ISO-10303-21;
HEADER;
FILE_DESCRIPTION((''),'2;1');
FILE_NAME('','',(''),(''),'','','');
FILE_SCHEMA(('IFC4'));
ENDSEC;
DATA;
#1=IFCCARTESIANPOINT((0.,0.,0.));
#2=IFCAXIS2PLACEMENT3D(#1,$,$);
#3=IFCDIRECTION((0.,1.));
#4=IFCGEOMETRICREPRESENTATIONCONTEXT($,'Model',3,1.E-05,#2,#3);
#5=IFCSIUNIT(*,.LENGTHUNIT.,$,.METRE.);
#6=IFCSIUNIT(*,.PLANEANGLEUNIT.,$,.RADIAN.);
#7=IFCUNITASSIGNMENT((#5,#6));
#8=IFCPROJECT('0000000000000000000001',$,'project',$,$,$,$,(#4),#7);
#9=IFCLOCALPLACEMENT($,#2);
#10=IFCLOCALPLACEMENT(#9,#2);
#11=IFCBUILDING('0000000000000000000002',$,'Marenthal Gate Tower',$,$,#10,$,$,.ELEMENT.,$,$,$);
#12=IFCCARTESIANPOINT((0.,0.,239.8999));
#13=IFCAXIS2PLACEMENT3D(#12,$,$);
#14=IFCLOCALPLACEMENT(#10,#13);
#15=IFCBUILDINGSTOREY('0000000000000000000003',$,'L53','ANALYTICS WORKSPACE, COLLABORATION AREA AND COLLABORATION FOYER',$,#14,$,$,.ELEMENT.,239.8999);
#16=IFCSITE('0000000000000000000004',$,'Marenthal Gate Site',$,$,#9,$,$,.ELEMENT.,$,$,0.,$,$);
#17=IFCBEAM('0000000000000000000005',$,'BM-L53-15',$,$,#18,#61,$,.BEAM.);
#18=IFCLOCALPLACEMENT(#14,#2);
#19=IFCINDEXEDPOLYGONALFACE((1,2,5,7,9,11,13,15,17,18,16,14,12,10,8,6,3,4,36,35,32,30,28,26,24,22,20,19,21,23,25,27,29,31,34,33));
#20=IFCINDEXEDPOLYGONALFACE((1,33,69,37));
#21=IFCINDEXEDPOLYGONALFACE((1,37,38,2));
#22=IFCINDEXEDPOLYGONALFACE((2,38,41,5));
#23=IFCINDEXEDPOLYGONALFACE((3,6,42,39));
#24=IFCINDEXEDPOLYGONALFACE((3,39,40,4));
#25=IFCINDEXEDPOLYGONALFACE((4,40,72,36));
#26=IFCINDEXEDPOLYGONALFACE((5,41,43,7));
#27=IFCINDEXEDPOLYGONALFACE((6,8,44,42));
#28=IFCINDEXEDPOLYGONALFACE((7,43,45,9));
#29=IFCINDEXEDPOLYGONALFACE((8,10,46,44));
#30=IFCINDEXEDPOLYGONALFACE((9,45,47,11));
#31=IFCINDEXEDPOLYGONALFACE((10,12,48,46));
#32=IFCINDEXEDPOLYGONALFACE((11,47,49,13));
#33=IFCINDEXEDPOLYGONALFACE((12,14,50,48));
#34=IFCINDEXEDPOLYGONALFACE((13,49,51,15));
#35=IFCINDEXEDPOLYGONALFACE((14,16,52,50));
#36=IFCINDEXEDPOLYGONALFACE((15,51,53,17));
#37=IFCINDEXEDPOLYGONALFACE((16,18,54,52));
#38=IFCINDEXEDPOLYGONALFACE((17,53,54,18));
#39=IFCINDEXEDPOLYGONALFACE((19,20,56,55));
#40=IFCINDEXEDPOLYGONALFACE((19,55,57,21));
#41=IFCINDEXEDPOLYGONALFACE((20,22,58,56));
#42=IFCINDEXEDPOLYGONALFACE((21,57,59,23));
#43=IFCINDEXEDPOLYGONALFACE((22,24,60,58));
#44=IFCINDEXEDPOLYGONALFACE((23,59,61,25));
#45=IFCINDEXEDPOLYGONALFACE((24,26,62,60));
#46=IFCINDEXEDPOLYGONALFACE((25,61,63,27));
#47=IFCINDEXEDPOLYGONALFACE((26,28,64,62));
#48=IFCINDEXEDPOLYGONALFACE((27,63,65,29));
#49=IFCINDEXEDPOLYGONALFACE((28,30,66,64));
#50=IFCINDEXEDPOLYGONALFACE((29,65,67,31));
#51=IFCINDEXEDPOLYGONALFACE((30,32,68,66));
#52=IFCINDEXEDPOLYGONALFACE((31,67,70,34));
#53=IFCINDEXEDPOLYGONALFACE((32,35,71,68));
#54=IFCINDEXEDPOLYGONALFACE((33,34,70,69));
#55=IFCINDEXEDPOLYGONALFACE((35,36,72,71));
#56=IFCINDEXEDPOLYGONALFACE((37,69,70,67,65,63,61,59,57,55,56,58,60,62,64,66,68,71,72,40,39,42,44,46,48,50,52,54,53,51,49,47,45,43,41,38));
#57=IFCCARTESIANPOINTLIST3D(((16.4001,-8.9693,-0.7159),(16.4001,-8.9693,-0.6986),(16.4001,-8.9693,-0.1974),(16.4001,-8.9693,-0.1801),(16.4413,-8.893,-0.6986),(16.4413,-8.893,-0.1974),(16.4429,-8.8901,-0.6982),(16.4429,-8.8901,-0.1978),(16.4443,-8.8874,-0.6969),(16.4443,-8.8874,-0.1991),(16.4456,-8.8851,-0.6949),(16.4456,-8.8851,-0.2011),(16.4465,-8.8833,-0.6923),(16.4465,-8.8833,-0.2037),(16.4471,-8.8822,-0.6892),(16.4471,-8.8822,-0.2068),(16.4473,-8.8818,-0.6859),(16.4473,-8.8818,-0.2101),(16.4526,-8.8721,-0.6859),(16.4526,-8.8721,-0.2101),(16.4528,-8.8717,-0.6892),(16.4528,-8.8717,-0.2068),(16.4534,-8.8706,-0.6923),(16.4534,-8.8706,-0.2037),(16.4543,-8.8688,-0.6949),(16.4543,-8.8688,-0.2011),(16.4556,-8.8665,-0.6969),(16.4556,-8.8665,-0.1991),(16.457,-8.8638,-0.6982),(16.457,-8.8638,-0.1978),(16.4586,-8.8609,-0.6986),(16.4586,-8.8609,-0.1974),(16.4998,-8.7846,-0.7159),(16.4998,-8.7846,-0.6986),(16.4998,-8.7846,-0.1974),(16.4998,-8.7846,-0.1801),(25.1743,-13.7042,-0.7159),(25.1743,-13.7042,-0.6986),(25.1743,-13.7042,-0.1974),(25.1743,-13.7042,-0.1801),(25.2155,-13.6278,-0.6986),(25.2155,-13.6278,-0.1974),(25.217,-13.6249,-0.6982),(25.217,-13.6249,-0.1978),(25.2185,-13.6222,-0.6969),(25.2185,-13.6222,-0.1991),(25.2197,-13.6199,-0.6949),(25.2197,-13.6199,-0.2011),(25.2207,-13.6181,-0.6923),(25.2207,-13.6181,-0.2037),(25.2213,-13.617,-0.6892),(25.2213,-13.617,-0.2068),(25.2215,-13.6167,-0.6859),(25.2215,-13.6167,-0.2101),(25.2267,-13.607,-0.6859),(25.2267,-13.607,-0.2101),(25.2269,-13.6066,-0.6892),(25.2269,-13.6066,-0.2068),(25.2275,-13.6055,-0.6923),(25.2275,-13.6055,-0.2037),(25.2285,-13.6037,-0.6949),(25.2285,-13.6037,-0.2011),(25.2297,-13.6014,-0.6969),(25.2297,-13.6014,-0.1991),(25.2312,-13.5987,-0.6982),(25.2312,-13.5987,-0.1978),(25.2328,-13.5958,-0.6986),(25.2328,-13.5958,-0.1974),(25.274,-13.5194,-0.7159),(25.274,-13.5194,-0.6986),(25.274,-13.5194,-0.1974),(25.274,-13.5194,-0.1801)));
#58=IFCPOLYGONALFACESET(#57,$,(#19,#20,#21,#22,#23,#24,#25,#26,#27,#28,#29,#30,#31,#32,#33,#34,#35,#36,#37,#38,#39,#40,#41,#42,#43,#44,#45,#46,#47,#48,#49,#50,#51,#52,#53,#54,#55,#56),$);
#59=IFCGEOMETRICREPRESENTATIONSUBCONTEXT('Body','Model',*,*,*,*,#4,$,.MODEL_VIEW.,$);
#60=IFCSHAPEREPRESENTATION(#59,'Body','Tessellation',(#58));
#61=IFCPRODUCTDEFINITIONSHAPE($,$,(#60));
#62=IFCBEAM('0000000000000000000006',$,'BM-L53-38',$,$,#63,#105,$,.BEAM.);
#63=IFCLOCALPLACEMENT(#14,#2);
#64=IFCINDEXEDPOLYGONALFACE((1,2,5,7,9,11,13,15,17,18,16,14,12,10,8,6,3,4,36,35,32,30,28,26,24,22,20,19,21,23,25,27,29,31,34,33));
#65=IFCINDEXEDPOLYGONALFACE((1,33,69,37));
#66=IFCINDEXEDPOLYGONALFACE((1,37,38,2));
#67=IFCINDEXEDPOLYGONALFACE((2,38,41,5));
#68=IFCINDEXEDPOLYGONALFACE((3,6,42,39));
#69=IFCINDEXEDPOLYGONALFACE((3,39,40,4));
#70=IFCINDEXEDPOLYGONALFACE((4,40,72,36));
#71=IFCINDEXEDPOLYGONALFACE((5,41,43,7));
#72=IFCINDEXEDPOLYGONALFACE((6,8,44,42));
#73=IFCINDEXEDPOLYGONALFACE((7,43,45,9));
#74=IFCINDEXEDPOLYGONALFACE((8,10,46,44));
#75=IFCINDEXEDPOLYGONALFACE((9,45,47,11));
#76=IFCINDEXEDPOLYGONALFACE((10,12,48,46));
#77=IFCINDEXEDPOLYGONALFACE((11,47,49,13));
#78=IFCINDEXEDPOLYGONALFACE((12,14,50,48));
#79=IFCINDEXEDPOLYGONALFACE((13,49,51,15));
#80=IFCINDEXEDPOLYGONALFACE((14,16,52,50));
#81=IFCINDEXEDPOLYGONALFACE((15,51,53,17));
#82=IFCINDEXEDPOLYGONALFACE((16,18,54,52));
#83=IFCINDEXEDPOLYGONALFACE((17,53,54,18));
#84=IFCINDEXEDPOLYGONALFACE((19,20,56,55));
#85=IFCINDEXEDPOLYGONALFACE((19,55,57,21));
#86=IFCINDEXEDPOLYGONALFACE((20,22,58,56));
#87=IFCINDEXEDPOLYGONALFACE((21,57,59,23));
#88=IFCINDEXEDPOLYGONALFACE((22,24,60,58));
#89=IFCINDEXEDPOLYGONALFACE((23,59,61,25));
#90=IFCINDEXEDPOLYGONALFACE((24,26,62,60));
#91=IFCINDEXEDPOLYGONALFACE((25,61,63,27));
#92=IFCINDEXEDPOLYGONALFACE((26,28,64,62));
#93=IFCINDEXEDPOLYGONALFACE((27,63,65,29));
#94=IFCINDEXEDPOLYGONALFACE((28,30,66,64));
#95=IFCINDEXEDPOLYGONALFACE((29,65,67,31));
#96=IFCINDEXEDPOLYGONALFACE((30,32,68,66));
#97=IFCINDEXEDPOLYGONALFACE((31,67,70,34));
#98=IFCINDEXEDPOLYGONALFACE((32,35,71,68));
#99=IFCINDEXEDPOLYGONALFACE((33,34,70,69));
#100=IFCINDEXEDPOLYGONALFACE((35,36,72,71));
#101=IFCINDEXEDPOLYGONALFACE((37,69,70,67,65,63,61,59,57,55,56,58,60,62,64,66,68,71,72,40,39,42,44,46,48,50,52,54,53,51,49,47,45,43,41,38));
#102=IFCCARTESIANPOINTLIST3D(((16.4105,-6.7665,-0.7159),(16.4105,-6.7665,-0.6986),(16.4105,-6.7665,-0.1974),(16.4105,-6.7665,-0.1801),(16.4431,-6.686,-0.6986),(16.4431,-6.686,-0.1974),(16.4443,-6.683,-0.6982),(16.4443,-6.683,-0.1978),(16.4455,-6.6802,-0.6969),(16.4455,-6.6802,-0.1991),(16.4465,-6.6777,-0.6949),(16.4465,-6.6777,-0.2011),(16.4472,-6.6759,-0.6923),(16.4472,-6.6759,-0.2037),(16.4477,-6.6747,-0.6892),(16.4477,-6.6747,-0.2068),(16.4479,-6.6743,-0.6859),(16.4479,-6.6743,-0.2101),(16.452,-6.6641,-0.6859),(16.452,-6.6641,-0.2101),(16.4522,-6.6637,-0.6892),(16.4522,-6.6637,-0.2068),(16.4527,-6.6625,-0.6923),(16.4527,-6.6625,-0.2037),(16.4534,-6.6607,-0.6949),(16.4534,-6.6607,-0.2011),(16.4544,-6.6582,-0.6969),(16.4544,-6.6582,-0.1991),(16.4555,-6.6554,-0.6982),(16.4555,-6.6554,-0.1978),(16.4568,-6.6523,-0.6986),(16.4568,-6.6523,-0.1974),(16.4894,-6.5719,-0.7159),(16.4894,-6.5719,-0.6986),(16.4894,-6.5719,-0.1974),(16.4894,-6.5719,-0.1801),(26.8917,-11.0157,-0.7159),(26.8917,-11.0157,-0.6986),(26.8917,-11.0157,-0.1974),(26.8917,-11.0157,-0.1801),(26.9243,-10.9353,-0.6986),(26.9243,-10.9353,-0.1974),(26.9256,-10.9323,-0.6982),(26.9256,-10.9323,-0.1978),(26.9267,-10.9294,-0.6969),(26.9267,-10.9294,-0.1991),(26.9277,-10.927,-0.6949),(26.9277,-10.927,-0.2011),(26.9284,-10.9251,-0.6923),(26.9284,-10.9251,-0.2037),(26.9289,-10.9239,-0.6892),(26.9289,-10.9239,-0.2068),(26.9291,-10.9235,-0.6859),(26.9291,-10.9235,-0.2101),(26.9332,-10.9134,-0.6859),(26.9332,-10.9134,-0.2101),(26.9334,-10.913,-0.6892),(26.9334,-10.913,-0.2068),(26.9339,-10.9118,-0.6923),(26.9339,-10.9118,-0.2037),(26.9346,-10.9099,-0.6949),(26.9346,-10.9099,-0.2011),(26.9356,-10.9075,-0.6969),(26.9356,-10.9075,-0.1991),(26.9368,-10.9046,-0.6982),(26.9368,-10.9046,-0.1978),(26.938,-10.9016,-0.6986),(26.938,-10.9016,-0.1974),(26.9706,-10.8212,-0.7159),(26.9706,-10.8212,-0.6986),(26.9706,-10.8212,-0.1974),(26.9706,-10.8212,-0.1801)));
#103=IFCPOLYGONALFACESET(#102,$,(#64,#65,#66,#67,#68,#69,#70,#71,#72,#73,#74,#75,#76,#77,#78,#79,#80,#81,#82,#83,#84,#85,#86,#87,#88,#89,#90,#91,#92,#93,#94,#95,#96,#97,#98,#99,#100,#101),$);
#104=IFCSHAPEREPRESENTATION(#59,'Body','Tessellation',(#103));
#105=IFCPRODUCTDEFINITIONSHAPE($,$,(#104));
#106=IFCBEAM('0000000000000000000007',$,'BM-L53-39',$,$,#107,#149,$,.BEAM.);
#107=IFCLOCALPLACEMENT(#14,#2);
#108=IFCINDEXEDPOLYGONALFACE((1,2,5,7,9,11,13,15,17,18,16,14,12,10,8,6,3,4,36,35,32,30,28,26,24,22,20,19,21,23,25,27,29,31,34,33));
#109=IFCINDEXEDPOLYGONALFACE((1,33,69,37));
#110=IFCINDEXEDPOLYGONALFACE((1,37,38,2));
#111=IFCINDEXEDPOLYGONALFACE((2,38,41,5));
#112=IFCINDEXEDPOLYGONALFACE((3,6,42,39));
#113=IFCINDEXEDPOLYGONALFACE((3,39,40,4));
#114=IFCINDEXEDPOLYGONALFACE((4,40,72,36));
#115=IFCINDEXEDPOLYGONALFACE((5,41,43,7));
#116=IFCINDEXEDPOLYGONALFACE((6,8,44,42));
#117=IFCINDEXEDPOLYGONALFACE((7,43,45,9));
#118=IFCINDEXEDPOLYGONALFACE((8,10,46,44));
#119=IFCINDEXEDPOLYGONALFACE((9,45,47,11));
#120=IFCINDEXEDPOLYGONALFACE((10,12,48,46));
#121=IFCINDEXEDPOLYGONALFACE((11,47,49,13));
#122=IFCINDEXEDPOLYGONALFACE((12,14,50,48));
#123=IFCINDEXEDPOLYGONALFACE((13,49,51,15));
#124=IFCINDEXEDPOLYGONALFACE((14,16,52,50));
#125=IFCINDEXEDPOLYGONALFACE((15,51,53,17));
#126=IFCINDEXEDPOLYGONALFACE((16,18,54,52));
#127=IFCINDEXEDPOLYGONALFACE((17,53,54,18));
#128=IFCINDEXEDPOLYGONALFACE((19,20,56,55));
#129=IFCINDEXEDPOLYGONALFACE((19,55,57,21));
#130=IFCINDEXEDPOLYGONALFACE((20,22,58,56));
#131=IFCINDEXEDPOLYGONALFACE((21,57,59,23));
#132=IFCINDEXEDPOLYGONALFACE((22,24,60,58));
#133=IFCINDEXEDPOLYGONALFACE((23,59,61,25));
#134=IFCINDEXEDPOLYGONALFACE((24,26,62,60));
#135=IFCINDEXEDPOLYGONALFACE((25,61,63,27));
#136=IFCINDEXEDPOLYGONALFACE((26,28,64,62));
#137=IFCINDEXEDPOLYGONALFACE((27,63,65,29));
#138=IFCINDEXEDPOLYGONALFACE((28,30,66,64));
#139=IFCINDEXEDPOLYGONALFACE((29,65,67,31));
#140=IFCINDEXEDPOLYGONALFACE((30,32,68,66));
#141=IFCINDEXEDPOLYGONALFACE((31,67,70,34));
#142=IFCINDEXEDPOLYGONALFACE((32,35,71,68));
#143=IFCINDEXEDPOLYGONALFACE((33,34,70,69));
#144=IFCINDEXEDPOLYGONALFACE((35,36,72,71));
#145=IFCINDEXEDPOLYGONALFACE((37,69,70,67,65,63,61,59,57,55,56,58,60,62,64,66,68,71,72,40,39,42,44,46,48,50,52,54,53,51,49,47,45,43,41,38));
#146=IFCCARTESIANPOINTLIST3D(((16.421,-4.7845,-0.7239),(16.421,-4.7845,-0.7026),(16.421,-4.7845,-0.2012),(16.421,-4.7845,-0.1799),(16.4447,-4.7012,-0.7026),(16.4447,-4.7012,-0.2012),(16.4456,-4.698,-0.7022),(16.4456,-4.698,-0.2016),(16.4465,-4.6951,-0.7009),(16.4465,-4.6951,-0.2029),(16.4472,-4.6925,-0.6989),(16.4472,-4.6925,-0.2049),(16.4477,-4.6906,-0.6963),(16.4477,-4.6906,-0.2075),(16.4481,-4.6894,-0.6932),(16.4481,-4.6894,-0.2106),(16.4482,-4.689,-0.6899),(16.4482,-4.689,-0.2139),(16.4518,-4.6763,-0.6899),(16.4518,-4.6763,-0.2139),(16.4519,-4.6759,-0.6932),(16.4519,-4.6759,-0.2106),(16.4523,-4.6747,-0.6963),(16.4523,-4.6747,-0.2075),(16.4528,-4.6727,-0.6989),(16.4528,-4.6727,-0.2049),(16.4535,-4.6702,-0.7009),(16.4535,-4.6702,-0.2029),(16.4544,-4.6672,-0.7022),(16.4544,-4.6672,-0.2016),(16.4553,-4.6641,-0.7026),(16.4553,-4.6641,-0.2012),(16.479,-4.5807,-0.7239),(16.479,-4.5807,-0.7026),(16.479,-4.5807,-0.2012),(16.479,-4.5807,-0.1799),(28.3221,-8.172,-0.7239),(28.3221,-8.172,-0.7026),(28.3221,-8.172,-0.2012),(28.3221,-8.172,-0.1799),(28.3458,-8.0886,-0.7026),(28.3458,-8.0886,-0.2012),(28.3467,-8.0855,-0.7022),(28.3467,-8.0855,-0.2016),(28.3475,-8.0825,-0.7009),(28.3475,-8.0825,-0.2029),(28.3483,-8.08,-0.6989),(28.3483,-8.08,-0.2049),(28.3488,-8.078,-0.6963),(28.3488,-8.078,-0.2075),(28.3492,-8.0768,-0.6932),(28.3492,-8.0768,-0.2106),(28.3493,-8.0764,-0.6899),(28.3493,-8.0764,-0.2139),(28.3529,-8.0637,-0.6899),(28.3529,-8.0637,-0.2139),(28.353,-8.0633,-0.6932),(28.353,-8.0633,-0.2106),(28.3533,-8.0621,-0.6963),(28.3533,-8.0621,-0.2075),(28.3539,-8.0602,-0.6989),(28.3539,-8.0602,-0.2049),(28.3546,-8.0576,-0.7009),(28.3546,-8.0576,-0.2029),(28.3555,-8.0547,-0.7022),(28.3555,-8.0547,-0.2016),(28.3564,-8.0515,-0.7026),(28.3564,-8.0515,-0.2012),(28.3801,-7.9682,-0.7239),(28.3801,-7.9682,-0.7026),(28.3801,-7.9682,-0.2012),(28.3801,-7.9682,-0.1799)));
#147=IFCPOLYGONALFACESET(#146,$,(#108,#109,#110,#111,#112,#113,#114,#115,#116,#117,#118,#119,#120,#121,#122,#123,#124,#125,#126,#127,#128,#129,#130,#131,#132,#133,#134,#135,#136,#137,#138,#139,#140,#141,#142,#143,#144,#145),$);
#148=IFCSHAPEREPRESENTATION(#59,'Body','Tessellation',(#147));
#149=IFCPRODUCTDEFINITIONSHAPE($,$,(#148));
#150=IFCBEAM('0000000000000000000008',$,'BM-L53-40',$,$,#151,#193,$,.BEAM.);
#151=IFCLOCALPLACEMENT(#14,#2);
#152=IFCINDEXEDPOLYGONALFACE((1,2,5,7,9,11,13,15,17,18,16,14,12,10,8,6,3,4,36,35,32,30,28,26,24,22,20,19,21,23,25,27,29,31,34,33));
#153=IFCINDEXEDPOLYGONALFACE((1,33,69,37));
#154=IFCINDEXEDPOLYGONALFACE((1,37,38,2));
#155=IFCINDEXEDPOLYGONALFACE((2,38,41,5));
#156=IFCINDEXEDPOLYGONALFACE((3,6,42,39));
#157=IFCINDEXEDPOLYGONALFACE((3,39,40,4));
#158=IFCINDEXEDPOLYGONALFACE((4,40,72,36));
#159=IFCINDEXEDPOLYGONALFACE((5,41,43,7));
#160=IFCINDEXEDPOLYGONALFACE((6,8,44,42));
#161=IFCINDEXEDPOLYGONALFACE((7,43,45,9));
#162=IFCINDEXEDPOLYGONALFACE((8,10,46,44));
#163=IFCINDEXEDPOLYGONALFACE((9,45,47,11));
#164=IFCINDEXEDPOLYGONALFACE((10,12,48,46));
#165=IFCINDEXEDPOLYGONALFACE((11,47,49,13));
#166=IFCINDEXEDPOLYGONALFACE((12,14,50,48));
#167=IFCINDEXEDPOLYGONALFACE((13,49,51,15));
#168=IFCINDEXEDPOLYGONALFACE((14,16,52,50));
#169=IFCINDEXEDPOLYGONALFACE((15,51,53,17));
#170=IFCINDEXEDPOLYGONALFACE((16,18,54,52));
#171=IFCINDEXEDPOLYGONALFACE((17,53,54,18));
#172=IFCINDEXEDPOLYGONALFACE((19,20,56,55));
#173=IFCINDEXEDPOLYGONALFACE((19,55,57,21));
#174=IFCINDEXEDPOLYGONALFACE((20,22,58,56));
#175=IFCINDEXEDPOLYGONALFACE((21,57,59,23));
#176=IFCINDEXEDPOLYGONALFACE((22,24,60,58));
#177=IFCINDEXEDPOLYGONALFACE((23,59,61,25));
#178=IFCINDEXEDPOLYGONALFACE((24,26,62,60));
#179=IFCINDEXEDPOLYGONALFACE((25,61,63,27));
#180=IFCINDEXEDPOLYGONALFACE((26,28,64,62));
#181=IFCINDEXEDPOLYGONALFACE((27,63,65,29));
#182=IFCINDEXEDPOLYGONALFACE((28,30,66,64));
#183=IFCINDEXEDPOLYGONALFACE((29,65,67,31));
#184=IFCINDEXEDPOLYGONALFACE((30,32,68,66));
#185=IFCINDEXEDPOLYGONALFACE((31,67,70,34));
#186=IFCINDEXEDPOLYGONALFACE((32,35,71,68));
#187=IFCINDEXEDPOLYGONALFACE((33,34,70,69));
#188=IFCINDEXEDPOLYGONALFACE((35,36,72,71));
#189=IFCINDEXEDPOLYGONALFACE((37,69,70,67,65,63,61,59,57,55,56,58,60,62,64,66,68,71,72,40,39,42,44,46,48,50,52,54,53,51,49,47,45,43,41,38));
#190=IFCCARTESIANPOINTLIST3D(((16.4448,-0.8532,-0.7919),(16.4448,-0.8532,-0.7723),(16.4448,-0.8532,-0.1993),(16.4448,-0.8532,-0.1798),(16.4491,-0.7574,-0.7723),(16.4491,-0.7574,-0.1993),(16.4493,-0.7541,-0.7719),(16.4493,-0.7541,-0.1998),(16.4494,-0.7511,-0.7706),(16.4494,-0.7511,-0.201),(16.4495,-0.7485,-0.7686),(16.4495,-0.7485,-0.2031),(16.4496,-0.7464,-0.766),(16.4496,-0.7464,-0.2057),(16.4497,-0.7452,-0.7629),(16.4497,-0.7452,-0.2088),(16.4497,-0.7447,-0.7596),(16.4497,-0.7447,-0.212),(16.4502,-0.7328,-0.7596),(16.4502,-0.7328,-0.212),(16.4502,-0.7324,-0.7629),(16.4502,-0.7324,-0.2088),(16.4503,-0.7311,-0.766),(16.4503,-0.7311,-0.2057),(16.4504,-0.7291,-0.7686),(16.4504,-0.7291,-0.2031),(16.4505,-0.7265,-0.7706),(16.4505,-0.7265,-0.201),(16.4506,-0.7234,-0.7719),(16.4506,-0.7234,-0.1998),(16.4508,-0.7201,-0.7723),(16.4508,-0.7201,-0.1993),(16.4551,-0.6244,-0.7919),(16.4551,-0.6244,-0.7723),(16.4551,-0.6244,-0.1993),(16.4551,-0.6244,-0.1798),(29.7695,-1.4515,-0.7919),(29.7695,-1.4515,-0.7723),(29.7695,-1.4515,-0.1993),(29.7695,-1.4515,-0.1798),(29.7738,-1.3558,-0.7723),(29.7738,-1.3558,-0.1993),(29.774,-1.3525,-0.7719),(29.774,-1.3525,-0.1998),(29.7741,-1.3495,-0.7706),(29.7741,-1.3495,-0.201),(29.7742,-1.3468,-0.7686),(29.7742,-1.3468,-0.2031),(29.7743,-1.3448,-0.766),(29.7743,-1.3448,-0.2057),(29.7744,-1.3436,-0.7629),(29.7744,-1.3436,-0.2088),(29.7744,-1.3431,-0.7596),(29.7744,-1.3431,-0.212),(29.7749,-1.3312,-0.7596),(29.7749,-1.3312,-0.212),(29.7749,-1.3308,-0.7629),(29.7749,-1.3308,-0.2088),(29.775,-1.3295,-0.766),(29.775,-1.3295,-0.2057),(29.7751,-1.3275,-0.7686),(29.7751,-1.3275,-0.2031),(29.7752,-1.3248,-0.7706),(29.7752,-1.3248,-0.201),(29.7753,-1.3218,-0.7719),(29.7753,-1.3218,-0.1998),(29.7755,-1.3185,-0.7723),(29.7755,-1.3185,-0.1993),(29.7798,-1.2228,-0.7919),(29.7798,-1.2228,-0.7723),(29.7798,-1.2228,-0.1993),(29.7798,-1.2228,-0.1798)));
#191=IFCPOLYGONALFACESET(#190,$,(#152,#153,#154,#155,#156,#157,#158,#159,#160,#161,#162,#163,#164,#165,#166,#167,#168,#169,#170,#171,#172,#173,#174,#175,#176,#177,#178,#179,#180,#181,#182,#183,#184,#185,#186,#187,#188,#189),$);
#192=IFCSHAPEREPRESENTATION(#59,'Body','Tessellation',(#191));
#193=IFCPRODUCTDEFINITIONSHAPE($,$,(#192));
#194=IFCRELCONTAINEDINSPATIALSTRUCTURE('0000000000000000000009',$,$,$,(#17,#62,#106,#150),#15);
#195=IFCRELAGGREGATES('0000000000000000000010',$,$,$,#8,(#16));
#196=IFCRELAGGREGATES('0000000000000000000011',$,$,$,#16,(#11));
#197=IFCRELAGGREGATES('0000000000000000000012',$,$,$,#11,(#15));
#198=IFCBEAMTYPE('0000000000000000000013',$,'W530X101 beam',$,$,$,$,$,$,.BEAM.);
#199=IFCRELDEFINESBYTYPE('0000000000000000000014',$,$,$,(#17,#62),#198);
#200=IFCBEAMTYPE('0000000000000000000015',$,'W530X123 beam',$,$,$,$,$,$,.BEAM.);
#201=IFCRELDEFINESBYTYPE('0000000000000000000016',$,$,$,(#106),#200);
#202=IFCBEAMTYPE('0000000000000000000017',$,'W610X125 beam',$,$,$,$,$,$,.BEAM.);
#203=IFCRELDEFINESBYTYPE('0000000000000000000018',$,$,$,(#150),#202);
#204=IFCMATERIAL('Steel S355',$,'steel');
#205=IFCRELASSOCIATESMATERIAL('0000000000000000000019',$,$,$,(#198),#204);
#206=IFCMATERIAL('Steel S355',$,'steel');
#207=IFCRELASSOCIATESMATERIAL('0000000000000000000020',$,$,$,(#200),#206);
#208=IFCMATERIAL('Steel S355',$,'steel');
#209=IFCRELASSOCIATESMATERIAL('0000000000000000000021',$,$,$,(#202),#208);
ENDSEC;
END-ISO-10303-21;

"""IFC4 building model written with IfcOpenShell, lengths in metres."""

from ifc_helpers import new_model, si_unit, direction, frame, origin, origin_2d, place, context, subcontext, project, spatial, i_section, extrude, material, material_profile, profile_set, type_object, element, save


model = new_model("IFC4")

# Units and contexts
model_context = context("Model", 3, precision=1e-05, world=origin(), true_north=direction((0.0, 1.0)))
body_context = subcontext(model_context, "Body", "Model", "MODEL_VIEW")
ifc_project = project(units=[si_unit("LENGTHUNIT", "METRE"), si_unit("PLANEANGLEUNIT", "RADIAN")], contexts=[model_context])

# Site, building, storey
site_placement = place(None, origin())
site = spatial("IfcSite", under=ifc_project, at=site_placement, Name="Marenthal Gate Site", CompositionType="ELEMENT", RefElevation=0.0)
building_placement = place(site_placement, origin())
building = spatial("IfcBuilding", under=site, at=building_placement, Name="Marenthal Gate Tower", CompositionType="ELEMENT")
storey_placement = place(building_placement, frame((0.0, 0.0, 239.8999)))
storey = spatial("IfcBuildingStorey", under=building, at=storey_placement, Name="L53", Description="ANALYTICS WORKSPACE, COLLABORATION AREA AND COLLABORATION FOYER", CompositionType="ELEMENT", Elevation=239.8999)

# Beams
ifc_material_1 = material(Name="Steel S355", Category="steel")
ifc_material_profile_1 = material_profile(ifc_material_1, i_section(OverallWidth=0.21, OverallDepth=0.5359, WebThickness=0.011, FlangeThickness=0.0173, FilletRadius=0.0127, at=origin_2d()), Name="W530X101")
ifc_profile_set_1 = profile_set([ifc_material_profile_1], Name="Steel S355")
beam_type_1 = type_object("IfcBeamType", Name="W530X101 beam", PredefinedType="BEAM", material=ifc_profile_set_1)
beam_1_placement = place(storey_placement, frame((25.2241, -13.6118, -0.448), z_axis=(-0.880039, 0.474901, 0.0), x_axis=(-0.474901, -0.880039, 0.0)))
element("IfcBeam", 1, at=beam_1_placement, inside=storey, type_object=beam_type_1, Name="BM-L53-15", PredefinedType="BEAM", context=body_context, shape_type="SweptSolid", body=[
    extrude(i_section(OverallWidth=0.21, OverallDepth=0.5359, WebThickness=0.011, FlangeThickness=0.0173, FilletRadius=0.0127, at=origin_2d()), origin(), (0.0, 0.0, 1.0), 9.9702),
])
beam_2_placement = place(storey_placement, frame((26.9312, -10.9185, -0.448), z_axis=(-0.926735, 0.375715, 0.0), x_axis=(-0.375715, -0.926735, 0.0)))
element("IfcBeam", 2, at=beam_2_placement, inside=storey, type_object=beam_type_1, Name="BM-L53-38", PredefinedType="BEAM", context=body_context, shape_type="SweptSolid", body=[
    extrude(i_section(OverallWidth=0.21, OverallDepth=0.5359, WebThickness=0.011, FlangeThickness=0.0173, FilletRadius=0.0127, at=origin_2d()), origin(), (0.0, 0.0, 1.0), 11.3098),
])
ifc_material_2 = material(Name="Steel S355", Category="steel")
ifc_material_profile_2 = material_profile(ifc_material_2, i_section(OverallWidth=0.2119, OverallDepth=0.5439, WebThickness=0.0132, FlangeThickness=0.0212, FilletRadius=0.0127, at=origin_2d()), Name="W530X123")
ifc_profile_set_2 = profile_set([ifc_material_profile_2], Name="Steel S355")
beam_type_2 = type_object("IfcBeamType", Name="W530X123 beam", PredefinedType="BEAM", material=ifc_profile_set_2)
beam_3_placement = place(storey_placement, frame((28.3511, -8.0701, -0.4519), z_axis=(-0.961798, 0.273759, 0.0), x_axis=(-0.273759, -0.961798, 0.0)))
element("IfcBeam", 3, at=beam_3_placement, inside=storey, type_object=beam_type_2, Name="BM-L53-39", PredefinedType="BEAM", context=body_context, shape_type="SweptSolid", body=[
    extrude(i_section(OverallWidth=0.2119, OverallDepth=0.5439, WebThickness=0.0132, FlangeThickness=0.0212, FilletRadius=0.0127, at=origin_2d()), origin(), (0.0, 0.0, 1.0), 12.3738),
])
ifc_material_3 = material(Name="Steel S355", Category="steel")
ifc_material_profile_3 = material_profile(ifc_material_3, i_section(OverallWidth=0.229, OverallDepth=0.6121, WebThickness=0.012, FlangeThickness=0.0195, FilletRadius=0.0127, at=origin_2d()), Name="W610X125")
ifc_profile_set_3 = profile_set([ifc_material_profile_3], Name="Steel S355")
beam_type_3 = type_object("IfcBeamType", Name="W610X125 beam", PredefinedType="BEAM", material=ifc_profile_set_3)
beam_4_placement = place(storey_placement, frame((29.7747, -1.3372, -0.4858), z_axis=(-0.998993, 0.044863, 0.0), x_axis=(-0.044863, -0.998993, 0.0)))
element("IfcBeam", 4, at=beam_4_placement, inside=storey, type_object=beam_type_3, Name="BM-L53-40", PredefinedType="BEAM", context=body_context, shape_type="SweptSolid", body=[
    extrude(i_section(OverallWidth=0.229, OverallDepth=0.6121, WebThickness=0.012, FlangeThickness=0.0195, FilletRadius=0.0127, at=origin_2d()), origin(), (0.0, 0.0, 1.0), 13.3381),
])

save(model, "model.ifc")
